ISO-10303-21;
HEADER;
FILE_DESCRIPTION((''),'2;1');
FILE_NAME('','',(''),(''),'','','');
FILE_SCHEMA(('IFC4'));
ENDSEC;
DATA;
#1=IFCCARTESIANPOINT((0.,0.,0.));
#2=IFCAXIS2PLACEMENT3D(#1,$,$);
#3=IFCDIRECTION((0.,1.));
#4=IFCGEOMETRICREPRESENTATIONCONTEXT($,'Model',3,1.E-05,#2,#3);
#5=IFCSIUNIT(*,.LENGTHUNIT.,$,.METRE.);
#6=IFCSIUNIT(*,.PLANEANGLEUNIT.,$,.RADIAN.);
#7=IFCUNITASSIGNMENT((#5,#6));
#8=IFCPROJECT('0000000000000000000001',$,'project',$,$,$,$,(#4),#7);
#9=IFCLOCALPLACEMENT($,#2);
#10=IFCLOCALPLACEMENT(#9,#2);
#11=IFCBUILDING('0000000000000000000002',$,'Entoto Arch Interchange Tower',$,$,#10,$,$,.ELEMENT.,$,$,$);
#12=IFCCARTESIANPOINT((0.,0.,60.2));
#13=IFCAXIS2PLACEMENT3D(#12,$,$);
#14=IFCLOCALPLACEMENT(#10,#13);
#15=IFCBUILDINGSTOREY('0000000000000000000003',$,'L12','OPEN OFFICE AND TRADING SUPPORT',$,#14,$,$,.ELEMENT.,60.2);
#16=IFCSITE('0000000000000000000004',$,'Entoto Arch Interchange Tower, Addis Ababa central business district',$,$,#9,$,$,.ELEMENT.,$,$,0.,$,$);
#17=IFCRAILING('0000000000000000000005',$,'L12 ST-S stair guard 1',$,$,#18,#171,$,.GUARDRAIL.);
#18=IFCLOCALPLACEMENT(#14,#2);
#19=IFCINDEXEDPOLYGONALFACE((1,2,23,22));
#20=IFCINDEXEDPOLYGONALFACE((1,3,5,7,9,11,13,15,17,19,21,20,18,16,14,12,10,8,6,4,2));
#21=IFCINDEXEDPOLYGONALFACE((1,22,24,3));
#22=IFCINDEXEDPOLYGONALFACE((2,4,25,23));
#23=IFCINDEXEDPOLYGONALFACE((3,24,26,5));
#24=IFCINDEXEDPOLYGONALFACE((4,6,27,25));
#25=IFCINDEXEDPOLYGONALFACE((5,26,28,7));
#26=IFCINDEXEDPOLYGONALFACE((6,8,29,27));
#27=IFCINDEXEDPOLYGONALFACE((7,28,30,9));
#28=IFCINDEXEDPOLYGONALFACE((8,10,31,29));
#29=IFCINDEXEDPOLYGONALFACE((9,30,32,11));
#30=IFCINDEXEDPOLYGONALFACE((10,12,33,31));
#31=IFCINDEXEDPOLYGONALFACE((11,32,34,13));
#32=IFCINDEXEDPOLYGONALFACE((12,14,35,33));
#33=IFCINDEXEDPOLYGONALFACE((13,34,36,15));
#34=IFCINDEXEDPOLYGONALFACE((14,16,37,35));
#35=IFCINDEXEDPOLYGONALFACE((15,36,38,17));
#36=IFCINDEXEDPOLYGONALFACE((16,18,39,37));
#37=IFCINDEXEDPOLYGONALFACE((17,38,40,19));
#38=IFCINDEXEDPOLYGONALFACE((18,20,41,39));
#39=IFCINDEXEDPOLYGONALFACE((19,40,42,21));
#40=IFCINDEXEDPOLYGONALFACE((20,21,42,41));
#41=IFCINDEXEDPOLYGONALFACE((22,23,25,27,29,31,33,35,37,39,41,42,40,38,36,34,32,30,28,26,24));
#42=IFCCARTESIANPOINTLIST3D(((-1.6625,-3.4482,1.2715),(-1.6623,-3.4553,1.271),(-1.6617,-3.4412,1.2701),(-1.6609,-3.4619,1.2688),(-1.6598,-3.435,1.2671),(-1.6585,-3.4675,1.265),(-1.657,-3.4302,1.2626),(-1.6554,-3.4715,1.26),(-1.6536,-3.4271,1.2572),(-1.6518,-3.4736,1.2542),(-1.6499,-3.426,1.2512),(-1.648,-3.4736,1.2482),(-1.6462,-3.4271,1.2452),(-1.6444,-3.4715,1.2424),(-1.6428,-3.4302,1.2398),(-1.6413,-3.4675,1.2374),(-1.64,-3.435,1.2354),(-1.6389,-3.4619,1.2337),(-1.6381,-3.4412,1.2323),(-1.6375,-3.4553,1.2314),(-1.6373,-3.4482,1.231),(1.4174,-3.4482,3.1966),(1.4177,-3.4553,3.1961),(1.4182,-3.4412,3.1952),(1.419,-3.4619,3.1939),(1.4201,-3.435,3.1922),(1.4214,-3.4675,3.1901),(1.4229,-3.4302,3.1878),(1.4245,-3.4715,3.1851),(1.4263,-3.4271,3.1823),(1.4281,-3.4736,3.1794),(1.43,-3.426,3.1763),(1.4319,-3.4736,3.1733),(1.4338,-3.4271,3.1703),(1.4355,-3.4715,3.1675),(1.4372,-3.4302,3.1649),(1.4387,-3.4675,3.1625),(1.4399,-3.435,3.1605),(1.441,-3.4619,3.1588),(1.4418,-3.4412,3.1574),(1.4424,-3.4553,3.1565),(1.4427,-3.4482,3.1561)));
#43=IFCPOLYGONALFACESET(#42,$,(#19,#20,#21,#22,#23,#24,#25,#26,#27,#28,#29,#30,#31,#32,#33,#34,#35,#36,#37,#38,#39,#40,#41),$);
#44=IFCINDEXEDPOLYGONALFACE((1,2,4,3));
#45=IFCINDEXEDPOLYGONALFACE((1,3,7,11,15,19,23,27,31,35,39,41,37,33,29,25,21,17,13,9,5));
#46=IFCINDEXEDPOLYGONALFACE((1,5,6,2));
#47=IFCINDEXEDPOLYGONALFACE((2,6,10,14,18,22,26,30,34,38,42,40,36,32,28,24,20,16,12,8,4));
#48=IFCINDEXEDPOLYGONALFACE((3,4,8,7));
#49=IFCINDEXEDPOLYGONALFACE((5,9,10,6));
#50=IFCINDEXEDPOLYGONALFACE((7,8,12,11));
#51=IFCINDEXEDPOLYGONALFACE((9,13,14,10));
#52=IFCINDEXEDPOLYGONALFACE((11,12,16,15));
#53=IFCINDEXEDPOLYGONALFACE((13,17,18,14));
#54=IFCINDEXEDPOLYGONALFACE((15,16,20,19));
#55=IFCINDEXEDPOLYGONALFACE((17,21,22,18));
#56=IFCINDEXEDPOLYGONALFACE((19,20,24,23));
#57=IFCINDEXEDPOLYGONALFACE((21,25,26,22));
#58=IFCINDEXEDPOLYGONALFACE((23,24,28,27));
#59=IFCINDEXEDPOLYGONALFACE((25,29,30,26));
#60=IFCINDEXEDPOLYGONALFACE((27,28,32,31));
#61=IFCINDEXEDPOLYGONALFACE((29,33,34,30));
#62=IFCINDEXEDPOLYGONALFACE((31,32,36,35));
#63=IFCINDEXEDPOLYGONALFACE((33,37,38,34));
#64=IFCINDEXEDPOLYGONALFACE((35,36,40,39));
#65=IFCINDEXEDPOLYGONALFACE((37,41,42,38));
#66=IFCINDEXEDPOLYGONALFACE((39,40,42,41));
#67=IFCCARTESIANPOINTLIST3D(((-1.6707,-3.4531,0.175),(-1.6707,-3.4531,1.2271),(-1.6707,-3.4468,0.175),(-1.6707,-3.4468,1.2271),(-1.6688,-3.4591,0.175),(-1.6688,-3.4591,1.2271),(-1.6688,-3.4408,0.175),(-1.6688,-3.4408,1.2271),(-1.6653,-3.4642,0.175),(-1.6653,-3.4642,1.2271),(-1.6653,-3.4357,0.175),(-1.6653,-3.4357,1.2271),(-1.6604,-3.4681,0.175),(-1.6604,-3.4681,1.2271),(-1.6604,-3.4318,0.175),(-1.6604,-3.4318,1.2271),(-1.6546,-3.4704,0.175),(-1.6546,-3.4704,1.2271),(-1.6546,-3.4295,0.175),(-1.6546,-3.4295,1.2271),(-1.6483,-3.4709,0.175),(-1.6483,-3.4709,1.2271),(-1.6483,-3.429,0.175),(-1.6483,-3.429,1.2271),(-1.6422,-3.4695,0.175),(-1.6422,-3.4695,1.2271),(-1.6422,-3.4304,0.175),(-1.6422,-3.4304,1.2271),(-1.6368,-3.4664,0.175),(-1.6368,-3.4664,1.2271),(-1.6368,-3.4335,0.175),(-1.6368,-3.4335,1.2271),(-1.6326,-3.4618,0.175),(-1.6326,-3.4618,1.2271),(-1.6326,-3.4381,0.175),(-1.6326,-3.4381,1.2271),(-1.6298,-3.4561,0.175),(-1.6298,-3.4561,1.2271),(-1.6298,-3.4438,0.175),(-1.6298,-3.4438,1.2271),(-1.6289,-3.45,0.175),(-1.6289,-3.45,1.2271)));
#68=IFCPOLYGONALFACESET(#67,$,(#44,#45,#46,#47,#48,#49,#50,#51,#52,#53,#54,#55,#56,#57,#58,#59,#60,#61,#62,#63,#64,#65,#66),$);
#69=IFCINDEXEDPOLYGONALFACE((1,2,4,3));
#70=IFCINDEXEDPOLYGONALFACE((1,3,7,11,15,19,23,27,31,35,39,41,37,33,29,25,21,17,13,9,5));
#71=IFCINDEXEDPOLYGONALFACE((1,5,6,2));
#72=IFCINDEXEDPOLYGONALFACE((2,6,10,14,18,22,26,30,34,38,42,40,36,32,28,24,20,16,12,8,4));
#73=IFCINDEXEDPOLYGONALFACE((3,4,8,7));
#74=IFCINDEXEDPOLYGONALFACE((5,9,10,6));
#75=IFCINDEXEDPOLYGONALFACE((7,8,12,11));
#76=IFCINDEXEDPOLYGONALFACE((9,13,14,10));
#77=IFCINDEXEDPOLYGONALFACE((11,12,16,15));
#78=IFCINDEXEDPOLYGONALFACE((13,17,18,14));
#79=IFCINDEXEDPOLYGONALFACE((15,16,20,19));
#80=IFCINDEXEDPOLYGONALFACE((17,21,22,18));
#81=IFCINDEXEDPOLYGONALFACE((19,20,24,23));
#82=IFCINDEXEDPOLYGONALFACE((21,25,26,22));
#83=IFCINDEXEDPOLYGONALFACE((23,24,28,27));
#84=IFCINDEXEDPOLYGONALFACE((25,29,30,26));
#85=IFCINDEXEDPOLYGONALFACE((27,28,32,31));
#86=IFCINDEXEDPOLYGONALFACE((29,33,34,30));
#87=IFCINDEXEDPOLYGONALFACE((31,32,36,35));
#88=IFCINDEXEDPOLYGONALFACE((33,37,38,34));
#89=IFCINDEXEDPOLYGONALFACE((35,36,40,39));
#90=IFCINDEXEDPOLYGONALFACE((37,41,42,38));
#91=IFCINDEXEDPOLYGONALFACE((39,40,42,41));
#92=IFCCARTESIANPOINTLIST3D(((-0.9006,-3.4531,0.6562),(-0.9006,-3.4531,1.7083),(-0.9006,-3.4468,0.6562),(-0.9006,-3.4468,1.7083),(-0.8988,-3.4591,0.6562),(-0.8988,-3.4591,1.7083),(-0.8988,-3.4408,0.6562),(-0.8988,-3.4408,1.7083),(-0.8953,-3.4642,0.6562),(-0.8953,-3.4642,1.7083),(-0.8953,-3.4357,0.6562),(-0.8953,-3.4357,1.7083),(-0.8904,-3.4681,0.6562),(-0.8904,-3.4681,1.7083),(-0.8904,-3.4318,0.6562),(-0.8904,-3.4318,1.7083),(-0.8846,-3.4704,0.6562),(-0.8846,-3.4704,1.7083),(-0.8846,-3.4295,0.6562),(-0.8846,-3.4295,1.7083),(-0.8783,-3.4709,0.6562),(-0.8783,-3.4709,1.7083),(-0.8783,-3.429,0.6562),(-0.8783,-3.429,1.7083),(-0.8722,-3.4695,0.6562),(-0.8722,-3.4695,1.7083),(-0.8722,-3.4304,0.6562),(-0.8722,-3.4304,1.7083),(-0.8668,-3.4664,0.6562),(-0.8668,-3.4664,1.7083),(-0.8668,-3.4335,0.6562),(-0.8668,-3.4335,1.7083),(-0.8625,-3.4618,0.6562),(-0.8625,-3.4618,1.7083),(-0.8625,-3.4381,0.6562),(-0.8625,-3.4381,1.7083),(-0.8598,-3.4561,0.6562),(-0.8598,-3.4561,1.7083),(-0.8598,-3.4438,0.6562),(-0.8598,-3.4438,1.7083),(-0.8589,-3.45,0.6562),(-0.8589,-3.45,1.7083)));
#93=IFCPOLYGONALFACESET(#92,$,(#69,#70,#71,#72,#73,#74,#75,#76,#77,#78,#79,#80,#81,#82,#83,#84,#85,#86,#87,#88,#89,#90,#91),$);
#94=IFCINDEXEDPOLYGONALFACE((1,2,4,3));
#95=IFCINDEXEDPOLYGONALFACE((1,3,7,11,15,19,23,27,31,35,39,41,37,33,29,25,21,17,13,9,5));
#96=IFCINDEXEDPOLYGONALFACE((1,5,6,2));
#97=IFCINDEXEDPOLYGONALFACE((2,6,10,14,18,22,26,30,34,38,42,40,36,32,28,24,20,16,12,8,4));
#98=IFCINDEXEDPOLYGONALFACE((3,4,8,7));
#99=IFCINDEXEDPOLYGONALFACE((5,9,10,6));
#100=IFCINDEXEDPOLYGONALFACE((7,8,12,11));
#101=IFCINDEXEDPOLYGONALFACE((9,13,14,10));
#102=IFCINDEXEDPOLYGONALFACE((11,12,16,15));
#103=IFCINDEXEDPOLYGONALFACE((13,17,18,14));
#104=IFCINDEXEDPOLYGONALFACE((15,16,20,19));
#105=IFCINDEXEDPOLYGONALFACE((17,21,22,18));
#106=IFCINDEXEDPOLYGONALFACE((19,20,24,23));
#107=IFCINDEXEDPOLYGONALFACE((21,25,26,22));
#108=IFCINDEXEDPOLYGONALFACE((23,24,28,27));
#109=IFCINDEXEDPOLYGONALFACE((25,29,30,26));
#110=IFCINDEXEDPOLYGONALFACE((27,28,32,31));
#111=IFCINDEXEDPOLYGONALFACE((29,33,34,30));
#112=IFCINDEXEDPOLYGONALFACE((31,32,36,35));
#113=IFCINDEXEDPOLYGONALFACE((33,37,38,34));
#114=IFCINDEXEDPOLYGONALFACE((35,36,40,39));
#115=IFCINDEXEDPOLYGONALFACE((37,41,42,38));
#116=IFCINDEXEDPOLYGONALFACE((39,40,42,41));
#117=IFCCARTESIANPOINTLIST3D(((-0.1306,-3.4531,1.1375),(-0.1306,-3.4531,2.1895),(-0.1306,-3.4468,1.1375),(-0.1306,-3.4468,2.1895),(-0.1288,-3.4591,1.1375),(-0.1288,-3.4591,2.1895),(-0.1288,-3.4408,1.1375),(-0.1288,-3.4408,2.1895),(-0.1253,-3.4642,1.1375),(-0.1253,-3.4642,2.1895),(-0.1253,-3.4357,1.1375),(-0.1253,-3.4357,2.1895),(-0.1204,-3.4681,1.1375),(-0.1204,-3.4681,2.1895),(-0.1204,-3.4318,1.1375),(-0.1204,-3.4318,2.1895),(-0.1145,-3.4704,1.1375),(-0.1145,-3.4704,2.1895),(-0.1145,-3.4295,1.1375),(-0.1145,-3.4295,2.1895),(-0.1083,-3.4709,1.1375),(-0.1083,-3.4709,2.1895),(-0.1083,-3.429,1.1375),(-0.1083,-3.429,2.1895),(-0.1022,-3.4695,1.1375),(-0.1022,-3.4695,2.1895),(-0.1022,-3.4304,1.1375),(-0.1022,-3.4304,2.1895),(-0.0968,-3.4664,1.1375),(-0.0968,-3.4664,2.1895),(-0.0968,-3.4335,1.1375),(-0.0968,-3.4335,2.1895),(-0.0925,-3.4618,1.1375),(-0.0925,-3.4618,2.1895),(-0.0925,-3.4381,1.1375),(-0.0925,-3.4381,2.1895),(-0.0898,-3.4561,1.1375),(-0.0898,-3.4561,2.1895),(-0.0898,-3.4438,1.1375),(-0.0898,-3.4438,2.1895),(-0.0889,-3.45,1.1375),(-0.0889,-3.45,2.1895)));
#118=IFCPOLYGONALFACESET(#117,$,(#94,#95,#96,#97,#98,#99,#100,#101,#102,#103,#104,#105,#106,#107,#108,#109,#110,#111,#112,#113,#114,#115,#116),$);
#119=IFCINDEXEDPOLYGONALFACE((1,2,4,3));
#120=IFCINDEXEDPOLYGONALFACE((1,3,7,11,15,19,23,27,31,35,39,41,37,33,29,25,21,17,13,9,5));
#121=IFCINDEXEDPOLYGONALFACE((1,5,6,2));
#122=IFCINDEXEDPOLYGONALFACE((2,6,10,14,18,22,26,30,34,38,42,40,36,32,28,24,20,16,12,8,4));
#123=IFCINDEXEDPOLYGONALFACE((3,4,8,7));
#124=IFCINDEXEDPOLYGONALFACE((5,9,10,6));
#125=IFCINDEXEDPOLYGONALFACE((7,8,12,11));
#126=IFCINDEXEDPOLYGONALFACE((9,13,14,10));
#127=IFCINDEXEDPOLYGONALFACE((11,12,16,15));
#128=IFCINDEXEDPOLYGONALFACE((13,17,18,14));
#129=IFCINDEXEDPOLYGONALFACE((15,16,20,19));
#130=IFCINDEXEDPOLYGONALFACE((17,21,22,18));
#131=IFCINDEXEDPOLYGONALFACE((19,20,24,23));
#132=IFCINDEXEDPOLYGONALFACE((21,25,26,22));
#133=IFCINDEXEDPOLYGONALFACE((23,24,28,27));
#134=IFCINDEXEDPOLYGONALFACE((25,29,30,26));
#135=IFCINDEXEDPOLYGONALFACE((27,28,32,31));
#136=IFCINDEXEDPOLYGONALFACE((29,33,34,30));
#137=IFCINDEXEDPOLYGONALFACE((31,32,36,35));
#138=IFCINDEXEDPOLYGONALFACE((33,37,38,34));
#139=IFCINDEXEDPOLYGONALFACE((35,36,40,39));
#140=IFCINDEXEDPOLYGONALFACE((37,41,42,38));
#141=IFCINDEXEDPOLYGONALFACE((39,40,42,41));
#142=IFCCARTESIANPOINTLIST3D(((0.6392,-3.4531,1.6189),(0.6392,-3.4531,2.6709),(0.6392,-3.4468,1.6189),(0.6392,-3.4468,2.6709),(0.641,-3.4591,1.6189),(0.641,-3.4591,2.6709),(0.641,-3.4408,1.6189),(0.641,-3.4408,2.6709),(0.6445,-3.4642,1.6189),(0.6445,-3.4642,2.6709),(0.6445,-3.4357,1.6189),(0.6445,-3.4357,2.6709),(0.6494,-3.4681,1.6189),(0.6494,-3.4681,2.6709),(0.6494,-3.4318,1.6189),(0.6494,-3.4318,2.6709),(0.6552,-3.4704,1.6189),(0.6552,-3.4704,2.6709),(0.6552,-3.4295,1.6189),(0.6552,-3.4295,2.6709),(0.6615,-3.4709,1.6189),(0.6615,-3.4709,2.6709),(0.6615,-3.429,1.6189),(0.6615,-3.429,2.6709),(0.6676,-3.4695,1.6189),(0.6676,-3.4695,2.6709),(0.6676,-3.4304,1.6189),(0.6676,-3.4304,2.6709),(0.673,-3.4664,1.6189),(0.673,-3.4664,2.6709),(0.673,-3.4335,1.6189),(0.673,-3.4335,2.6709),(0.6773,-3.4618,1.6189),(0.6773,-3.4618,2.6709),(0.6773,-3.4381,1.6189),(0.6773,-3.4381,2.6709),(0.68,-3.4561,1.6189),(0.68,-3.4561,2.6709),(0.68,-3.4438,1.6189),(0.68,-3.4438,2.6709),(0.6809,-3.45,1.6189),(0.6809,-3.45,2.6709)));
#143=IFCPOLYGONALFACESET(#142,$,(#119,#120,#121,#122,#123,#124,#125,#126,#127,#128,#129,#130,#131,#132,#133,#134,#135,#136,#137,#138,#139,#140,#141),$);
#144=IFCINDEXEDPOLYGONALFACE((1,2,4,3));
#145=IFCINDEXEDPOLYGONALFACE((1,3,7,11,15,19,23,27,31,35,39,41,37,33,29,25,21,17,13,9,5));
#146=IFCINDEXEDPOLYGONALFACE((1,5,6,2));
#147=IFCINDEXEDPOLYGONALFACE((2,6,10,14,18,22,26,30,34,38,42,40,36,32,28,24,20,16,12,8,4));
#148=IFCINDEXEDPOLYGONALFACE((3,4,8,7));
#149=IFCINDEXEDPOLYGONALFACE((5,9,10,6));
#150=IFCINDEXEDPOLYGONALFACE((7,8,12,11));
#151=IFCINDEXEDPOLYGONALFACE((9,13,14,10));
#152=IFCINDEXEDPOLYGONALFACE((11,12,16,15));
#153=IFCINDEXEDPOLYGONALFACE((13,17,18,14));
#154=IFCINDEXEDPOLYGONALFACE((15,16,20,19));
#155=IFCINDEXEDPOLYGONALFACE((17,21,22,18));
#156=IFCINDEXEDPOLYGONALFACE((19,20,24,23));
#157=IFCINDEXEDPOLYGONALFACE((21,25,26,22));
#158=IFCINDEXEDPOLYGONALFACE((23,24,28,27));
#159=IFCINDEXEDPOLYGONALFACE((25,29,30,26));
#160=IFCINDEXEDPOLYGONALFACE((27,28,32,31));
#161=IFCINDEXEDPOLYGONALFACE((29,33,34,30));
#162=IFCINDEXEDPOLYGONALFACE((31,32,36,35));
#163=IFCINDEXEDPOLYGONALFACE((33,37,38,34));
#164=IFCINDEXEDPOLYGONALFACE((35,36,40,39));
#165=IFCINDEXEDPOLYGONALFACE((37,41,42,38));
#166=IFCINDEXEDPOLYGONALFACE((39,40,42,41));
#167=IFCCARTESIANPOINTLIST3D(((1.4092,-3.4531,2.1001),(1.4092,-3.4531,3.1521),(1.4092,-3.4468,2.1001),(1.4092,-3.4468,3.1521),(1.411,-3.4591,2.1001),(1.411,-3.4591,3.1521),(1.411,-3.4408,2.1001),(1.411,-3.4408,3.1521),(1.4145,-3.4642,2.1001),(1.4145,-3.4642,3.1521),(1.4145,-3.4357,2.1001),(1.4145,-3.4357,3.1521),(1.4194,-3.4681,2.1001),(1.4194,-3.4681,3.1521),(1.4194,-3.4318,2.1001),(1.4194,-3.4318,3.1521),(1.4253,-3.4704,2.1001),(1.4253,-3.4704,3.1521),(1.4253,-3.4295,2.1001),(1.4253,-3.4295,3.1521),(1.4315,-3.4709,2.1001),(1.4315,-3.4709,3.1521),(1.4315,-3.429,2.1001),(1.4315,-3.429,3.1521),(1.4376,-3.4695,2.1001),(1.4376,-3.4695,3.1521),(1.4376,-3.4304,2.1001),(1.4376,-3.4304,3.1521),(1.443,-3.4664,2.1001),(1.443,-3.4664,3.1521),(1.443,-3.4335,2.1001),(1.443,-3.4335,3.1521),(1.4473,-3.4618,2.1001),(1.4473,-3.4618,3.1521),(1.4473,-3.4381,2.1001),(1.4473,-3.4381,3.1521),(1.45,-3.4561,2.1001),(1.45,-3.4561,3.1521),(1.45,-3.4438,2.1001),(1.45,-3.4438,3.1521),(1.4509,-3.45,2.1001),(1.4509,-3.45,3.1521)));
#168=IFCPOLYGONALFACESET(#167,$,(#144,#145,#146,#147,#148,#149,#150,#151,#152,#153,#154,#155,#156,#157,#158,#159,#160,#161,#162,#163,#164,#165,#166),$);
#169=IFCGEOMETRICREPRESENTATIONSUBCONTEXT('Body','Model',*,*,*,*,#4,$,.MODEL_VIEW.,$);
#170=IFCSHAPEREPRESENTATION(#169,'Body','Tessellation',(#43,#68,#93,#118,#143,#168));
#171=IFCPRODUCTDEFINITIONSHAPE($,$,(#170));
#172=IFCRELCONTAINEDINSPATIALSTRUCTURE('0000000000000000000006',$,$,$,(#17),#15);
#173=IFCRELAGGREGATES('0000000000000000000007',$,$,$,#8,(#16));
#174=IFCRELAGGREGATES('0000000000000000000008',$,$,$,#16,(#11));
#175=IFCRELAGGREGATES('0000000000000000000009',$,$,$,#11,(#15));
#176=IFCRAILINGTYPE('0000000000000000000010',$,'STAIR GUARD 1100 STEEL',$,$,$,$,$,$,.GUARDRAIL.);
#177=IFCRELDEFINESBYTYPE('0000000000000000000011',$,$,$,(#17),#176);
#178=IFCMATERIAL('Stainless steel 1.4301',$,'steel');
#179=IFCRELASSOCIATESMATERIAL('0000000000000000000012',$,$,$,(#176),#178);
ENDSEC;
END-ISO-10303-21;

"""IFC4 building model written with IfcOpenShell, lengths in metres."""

from ifc_helpers import new_model, si_unit, direction, frame, origin, origin_2d, place, context, subcontext, project, spatial, circle, extrude, material, type_object, element, save


model = new_model("IFC4")

# Units and contexts
model_context = context("Model", 3, precision=1e-05, world=origin(), true_north=direction((0.0, 1.0)))
body_context = subcontext(model_context, "Body", "Model", "MODEL_VIEW")
ifc_project = project(units=[si_unit("LENGTHUNIT", "METRE"), si_unit("PLANEANGLEUNIT", "RADIAN")], contexts=[model_context])

# Site, building, storey
site_placement = place(None, origin())
site = spatial("IfcSite", under=ifc_project, at=site_placement, Name="Entoto Arch Interchange Tower, Addis Ababa central business district", CompositionType="ELEMENT", RefElevation=0.0)
building_placement = place(site_placement, origin())
building = spatial("IfcBuilding", under=site, at=building_placement, Name="Entoto Arch Interchange Tower", CompositionType="ELEMENT")
storey_placement = place(building_placement, frame((0.0, 0.0, 60.2)))
storey = spatial("IfcBuildingStorey", under=building, at=storey_placement, Name="L12", Description="OPEN OFFICE AND TRADING SUPPORT", CompositionType="ELEMENT", Elevation=60.2)

# Railing
ifc_material_1 = material(Name="Stainless steel 1.4301", Category="steel")
railing_type = type_object("IfcRailingType", Name="STAIR GUARD 1100 STEEL", PredefinedType="GUARDRAIL", material=ifc_material_1)
railing_1_placement = place(storey_placement, frame((-1.6499, -3.45, 0.175)))
element("IfcRailing", 1, at=railing_1_placement, inside=storey, type_object=railing_type, Name="L12 ST-S stair guard 1", PredefinedType="GUARDRAIL", context=body_context, shape_type="SweptSolid", body=[
    extrude(circle(Radius=0.0239, at=origin_2d()), frame((0.0, 0.0, 1.0762), z_axis=(0.847979, 0.0, 0.530029), x_axis=(0.0, 1.0, 0.0)), (0.0, 0.0, 1.0), 3.6321),
    extrude(circle(Radius=0.021, at=origin_2d()), origin(), (0.0, 0.0, 1.0), 1.052),
    extrude(circle(Radius=0.021, at=origin_2d()), frame((0.77, 0.0, 0.4812)), (0.0, 0.0, 1.0), 1.052),
    extrude(circle(Radius=0.021, at=origin_2d()), frame((1.54, 0.0, 0.9624)), (0.0, 0.0, 1.0), 1.052),
    extrude(circle(Radius=0.021, at=origin_2d()), frame((2.3098, 0.0, 1.4438)), (0.0, 0.0, 1.0), 1.052),
    extrude(circle(Radius=0.021, at=origin_2d()), frame((3.0798, 0.0, 1.925)), (0.0, 0.0, 1.0), 1.052),
])

save(model, "model.ifc")
